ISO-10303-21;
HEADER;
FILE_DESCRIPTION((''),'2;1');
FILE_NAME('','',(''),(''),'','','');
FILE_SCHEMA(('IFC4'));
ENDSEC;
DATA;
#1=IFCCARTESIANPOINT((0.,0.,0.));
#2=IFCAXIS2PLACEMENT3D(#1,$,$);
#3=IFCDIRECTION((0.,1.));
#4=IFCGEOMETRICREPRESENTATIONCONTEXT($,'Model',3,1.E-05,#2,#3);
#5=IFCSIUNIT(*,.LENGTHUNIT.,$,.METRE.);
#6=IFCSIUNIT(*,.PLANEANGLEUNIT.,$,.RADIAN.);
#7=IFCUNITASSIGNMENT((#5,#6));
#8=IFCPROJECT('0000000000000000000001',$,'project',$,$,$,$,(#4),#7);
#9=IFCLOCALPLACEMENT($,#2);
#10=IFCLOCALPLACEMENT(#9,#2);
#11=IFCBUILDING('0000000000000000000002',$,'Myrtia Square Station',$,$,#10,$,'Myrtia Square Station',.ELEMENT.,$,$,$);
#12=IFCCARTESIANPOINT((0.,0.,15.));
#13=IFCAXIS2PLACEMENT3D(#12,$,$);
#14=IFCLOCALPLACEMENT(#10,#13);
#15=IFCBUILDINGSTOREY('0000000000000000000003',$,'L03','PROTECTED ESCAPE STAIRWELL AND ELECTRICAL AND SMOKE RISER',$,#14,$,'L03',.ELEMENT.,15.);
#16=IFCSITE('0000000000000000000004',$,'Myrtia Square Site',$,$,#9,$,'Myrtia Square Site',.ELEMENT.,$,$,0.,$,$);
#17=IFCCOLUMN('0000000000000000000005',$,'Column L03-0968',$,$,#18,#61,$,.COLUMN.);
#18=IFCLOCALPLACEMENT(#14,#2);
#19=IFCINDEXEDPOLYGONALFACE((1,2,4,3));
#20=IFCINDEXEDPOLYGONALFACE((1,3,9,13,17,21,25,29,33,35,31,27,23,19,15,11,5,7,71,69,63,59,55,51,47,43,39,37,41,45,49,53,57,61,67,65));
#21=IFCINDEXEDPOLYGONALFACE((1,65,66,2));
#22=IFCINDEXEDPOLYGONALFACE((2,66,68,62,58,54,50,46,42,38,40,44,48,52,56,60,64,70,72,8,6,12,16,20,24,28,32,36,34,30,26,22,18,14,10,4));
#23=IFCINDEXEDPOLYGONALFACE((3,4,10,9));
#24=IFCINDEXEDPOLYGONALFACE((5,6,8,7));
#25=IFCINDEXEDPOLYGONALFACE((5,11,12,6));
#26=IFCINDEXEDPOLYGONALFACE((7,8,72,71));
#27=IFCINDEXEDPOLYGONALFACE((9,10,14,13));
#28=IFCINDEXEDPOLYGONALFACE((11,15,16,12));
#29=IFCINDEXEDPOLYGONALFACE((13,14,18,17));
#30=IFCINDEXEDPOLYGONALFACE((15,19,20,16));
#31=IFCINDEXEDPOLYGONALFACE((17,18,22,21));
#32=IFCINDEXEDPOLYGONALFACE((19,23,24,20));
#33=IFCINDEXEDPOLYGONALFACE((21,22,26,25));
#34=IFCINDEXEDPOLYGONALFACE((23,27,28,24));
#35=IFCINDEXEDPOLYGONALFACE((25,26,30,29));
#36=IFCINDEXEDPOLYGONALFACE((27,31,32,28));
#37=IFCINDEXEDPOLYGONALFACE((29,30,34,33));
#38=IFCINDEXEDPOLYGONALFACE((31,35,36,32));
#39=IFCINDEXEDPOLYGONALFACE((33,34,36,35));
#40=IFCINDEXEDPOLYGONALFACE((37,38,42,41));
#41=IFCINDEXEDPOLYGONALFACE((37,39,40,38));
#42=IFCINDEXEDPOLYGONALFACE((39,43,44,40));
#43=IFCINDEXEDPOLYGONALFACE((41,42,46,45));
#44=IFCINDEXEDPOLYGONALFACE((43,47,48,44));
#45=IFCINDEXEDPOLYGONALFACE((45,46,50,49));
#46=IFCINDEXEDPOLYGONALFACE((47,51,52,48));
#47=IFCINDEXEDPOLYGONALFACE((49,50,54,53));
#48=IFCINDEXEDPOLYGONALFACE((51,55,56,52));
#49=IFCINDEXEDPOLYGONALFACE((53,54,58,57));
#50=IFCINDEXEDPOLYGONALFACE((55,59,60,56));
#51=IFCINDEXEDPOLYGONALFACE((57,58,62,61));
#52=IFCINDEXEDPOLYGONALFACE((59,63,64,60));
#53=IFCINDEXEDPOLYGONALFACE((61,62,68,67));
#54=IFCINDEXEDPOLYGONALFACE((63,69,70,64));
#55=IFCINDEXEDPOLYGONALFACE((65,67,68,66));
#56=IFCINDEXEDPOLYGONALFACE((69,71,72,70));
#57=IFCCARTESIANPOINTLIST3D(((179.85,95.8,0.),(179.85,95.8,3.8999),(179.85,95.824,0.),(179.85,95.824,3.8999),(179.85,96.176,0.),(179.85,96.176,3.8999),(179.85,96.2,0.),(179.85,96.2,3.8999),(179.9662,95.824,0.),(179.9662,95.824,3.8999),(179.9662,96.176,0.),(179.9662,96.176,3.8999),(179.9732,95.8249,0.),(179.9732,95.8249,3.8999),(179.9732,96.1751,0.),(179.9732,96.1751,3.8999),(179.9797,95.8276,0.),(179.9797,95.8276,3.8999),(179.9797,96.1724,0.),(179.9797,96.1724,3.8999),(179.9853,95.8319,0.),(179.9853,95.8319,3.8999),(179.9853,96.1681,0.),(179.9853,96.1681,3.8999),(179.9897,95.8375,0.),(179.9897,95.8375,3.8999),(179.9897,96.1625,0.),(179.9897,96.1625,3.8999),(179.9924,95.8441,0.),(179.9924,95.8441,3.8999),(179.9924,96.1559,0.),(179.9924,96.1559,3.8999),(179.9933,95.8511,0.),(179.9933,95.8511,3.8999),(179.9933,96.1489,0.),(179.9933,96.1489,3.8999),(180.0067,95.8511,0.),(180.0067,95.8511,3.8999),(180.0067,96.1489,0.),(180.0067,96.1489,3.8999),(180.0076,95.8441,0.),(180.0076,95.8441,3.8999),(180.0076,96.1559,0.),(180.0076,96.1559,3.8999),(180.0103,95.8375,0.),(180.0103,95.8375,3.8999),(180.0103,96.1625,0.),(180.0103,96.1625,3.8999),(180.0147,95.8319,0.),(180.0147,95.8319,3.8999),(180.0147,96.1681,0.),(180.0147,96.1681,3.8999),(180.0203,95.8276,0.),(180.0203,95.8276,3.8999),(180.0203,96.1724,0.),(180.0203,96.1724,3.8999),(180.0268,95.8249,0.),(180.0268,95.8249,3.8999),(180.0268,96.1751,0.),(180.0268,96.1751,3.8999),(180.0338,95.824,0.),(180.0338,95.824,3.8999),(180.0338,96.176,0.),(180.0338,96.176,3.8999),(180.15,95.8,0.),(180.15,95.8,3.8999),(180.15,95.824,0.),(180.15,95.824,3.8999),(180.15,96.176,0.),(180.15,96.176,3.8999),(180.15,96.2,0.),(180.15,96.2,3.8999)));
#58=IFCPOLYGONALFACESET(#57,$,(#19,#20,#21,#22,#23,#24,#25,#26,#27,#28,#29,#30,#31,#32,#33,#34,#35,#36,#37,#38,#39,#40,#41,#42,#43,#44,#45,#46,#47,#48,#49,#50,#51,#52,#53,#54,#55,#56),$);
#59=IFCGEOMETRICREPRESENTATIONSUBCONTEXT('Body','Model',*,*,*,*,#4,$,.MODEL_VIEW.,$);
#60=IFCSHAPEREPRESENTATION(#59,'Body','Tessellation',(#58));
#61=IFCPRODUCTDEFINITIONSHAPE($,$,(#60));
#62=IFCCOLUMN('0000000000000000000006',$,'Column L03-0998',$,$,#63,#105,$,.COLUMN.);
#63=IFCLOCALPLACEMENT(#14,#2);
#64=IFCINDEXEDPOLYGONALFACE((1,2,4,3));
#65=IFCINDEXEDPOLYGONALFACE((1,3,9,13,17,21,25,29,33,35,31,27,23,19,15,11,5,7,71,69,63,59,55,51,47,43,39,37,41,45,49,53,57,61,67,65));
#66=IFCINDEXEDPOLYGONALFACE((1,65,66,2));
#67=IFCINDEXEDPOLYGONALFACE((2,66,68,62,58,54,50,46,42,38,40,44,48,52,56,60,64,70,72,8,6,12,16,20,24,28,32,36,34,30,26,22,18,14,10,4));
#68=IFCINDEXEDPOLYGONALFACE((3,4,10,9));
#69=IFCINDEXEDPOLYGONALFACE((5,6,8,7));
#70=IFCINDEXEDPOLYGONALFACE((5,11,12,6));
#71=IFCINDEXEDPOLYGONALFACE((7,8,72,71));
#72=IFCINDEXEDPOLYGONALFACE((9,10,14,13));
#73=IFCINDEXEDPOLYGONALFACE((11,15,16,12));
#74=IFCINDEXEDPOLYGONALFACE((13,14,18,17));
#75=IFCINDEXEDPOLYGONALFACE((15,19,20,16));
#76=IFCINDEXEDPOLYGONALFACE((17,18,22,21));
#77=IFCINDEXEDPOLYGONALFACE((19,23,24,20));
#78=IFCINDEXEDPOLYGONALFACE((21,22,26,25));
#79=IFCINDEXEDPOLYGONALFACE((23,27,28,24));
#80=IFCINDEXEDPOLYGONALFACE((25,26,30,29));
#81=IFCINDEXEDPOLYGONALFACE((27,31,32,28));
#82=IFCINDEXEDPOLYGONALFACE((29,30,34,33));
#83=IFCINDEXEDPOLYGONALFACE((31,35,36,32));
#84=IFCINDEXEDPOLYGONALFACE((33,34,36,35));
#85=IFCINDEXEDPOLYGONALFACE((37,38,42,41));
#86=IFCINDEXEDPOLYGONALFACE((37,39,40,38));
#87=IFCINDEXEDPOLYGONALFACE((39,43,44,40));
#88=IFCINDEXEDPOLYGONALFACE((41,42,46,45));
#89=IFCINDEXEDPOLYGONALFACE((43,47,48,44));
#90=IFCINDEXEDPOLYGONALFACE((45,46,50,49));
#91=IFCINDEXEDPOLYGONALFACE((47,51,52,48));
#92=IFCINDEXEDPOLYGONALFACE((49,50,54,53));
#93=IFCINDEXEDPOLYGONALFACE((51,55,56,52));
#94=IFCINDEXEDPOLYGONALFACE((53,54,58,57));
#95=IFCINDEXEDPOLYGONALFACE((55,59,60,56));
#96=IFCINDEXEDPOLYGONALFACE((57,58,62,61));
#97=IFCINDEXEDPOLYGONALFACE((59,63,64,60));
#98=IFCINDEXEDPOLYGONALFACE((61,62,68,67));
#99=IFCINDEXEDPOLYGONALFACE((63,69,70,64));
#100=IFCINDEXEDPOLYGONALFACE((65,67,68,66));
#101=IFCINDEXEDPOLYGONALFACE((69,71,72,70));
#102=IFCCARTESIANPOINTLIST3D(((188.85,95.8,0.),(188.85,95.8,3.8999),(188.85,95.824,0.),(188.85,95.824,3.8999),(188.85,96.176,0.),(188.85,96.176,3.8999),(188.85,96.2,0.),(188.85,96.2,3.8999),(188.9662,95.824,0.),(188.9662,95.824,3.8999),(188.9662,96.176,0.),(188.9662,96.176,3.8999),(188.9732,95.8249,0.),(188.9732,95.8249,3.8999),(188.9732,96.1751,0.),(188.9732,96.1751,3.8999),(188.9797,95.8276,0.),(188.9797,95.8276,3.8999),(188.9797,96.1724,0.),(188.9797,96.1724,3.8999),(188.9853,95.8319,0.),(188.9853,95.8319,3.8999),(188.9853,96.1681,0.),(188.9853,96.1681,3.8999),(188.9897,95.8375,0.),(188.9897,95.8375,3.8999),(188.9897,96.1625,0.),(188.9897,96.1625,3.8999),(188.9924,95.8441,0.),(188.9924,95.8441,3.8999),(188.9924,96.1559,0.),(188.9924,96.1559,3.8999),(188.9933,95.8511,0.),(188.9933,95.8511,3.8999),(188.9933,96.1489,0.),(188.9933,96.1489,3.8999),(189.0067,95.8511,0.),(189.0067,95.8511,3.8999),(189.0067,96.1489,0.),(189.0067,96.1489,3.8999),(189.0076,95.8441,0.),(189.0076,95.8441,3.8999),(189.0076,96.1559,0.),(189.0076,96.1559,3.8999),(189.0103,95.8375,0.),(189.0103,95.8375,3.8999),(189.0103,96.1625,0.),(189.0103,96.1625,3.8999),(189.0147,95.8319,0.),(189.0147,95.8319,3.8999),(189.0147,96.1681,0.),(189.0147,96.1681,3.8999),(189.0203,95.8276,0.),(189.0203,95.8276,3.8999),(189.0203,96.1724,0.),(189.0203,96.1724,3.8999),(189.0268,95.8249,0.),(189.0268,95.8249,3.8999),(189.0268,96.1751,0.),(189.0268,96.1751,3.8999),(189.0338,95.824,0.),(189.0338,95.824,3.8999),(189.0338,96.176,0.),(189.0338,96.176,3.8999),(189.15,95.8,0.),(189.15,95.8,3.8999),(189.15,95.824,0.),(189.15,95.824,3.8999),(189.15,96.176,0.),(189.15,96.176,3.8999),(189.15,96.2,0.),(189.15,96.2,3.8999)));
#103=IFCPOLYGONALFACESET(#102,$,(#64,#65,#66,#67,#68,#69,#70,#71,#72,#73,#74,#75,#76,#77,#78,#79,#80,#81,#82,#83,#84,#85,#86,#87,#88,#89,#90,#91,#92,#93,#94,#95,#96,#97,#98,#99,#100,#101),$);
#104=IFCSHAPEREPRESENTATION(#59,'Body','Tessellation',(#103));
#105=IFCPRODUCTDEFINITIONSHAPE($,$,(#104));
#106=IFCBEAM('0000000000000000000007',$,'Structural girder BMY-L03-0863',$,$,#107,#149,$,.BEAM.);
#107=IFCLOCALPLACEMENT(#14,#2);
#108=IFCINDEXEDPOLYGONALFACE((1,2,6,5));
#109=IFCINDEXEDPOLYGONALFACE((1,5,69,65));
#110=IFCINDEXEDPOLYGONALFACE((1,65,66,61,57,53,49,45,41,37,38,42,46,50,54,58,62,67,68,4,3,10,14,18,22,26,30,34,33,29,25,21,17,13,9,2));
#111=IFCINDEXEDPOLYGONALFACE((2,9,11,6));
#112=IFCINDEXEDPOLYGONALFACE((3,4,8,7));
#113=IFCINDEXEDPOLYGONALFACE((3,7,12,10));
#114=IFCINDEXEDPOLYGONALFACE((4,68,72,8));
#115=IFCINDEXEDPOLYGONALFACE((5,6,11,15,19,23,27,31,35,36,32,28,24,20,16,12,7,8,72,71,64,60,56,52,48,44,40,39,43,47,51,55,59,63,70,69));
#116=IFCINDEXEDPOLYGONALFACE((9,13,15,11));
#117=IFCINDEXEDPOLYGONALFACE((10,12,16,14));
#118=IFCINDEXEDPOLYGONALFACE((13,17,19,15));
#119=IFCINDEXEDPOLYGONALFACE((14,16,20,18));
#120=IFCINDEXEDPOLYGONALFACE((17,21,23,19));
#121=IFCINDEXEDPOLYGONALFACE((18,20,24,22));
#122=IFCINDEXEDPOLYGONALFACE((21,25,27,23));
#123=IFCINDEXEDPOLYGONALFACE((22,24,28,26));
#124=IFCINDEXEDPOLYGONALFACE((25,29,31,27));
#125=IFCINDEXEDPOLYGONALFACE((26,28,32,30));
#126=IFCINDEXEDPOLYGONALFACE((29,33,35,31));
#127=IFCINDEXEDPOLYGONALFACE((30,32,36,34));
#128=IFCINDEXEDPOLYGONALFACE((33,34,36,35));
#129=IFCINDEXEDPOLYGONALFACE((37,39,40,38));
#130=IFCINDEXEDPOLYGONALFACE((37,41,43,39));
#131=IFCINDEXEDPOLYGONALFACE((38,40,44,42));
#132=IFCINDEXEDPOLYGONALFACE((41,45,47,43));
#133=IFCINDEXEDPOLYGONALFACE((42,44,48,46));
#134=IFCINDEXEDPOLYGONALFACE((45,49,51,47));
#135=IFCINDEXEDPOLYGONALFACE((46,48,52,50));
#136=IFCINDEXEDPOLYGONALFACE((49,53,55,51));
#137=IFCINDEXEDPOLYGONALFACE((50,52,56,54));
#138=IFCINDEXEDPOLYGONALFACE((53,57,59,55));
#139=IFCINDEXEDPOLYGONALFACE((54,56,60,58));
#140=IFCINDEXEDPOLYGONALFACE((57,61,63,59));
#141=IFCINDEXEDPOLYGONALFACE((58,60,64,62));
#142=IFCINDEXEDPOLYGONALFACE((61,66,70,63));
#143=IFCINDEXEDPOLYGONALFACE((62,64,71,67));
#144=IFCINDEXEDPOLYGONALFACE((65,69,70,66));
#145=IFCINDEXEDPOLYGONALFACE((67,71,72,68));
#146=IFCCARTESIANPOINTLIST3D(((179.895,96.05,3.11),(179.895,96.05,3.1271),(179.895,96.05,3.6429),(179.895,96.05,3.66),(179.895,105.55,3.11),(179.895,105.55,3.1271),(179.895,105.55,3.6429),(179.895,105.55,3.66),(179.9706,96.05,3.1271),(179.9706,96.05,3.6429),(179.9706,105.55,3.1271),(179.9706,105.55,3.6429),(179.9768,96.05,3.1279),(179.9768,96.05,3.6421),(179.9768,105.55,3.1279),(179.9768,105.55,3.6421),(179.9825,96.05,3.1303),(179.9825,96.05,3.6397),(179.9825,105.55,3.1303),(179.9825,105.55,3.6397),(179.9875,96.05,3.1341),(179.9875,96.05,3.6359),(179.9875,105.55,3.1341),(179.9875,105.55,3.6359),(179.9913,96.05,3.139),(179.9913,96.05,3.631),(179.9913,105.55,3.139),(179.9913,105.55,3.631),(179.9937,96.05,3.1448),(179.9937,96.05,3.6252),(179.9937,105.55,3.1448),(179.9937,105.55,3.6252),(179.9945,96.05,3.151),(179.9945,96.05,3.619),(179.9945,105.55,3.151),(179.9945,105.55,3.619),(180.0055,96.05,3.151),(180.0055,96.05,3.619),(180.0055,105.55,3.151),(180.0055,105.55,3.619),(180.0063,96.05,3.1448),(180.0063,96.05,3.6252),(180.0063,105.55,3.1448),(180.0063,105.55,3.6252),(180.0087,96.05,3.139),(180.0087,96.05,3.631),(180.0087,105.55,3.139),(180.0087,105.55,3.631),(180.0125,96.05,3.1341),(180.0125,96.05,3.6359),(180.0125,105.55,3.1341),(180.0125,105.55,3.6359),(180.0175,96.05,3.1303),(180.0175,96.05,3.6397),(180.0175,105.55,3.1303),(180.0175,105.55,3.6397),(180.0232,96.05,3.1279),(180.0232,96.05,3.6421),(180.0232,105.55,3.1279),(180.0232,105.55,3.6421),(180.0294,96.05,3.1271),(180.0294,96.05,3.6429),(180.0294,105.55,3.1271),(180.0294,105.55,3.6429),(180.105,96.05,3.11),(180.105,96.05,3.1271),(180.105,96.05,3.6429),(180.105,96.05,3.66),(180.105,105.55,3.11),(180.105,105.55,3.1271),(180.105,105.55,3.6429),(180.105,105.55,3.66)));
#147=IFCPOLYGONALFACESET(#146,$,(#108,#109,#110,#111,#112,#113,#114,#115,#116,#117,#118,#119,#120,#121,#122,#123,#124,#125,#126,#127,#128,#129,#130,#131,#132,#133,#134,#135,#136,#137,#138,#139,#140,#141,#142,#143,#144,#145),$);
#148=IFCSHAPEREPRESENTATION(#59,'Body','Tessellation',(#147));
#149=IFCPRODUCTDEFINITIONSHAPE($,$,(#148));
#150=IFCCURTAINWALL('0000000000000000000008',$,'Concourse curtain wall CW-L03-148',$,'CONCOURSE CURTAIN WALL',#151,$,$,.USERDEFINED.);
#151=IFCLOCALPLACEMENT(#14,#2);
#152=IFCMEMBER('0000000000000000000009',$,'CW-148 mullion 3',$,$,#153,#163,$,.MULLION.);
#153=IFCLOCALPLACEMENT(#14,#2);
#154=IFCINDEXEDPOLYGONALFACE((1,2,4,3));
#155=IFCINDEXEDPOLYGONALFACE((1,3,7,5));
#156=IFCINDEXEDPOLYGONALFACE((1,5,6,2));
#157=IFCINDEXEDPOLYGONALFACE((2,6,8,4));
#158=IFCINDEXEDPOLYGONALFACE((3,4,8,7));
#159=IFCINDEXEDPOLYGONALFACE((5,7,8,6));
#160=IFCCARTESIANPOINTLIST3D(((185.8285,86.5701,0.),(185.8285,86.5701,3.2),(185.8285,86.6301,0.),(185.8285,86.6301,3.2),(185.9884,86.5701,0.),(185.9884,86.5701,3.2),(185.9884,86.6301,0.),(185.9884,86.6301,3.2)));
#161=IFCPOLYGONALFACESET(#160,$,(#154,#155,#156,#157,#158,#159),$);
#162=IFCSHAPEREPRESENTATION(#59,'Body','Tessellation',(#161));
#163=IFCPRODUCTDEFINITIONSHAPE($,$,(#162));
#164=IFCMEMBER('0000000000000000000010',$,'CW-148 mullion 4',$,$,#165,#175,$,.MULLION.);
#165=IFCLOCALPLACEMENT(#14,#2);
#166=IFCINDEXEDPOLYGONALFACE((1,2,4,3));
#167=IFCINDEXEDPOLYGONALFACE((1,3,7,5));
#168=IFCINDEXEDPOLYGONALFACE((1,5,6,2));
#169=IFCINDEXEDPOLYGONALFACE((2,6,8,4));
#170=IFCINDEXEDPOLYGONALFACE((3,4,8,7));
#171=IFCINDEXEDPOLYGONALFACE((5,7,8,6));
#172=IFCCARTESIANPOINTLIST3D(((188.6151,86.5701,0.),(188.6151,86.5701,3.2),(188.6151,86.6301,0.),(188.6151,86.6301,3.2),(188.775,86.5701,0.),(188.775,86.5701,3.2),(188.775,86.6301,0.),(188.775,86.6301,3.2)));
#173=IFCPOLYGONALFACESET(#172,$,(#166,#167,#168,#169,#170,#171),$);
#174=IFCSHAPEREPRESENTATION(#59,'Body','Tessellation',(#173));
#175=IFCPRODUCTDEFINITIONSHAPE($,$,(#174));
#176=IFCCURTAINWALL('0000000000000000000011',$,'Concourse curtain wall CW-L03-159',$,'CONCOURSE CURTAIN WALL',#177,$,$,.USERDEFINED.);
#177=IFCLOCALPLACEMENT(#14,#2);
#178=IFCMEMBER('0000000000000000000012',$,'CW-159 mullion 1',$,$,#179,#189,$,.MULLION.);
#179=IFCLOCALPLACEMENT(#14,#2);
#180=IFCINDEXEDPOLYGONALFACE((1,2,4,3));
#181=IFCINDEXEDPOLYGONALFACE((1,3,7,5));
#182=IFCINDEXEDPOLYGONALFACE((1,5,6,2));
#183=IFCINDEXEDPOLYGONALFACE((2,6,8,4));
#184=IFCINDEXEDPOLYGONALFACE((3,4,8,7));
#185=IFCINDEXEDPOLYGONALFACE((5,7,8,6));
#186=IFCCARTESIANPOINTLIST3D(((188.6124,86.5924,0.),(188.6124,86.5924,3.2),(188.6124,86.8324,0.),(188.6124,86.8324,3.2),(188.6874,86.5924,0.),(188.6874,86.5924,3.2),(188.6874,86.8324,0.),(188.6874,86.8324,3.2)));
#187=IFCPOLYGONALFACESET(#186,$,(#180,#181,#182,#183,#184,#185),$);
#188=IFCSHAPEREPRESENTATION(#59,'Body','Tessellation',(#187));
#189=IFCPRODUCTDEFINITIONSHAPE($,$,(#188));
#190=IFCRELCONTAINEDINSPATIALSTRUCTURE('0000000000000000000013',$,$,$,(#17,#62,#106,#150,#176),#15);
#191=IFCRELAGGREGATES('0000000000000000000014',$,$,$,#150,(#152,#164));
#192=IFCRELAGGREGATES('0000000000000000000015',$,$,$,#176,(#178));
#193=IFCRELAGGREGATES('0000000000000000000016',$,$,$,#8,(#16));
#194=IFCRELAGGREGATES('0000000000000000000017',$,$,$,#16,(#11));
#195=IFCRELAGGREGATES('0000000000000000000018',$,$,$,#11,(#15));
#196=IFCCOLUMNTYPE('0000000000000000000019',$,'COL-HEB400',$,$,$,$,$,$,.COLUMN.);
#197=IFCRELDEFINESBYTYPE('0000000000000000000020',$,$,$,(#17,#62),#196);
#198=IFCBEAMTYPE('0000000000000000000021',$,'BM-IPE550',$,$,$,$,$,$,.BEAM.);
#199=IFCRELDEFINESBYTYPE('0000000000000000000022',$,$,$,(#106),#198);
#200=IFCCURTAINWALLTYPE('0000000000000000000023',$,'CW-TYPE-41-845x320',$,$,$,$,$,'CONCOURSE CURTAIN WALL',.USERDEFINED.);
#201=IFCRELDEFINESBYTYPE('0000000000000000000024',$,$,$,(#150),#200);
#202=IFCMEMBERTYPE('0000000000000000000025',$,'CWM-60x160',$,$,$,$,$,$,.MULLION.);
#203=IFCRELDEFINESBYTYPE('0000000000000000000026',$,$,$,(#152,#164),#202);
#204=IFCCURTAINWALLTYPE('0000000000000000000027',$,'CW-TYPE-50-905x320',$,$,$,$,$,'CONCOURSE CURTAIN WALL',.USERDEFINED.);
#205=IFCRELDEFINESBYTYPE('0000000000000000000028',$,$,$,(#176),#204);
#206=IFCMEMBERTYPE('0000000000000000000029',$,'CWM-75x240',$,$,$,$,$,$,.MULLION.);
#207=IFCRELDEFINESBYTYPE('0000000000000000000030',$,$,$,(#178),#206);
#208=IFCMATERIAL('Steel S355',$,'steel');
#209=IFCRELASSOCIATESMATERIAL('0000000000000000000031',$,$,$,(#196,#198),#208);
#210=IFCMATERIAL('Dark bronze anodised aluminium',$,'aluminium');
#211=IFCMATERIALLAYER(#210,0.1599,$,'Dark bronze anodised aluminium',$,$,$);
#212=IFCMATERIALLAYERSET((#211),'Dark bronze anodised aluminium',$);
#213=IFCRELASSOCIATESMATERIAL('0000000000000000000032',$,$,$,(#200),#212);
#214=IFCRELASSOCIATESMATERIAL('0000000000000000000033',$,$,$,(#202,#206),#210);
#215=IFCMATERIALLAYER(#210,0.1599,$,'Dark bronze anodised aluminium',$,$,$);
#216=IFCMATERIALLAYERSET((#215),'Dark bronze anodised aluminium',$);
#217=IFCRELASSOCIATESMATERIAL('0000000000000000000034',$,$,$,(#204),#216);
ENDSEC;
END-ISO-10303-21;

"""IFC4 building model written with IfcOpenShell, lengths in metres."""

from ifc_helpers import new_model, si_unit, direction, frame, origin, origin_2d, place, context, subcontext, project, spatial, rectangle, i_section, extrude, material, layer, layer_set, material_profile, profile_set, type_object, element, aggregate, save


model = new_model("IFC4")

# Units and contexts
model_context = context("Model", 3, precision=1e-05, world=origin(), true_north=direction((0.0, 1.0)))
body_context = subcontext(model_context, "Body", "Model", "MODEL_VIEW")
ifc_project = project(units=[si_unit("LENGTHUNIT", "METRE"), si_unit("PLANEANGLEUNIT", "RADIAN")], contexts=[model_context])

# Site, building, storey
site_placement = place(None, origin())
site = spatial("IfcSite", under=ifc_project, at=site_placement, Name="Myrtia Square Site", LongName="Myrtia Square Site", CompositionType="ELEMENT", RefElevation=0.0)
building_placement = place(site_placement, origin())
building = spatial("IfcBuilding", under=site, at=building_placement, Name="Myrtia Square Station", LongName="Myrtia Square Station", CompositionType="ELEMENT")
storey_placement = place(building_placement, frame((0.0, 0.0, 15.0)))
storey = spatial("IfcBuildingStorey", under=building, at=storey_placement, Name="L03", Description="PROTECTED ESCAPE STAIRWELL AND ELECTRICAL AND SMOKE RISER", LongName="L03", CompositionType="ELEMENT", Elevation=15.0)

# Columns
ifc_material_1 = material(Name="Steel S355", Category="steel")
ifc_material_profile_1 = material_profile(ifc_material_1, i_section(OverallWidth=0.3, OverallDepth=0.3999, WebThickness=0.0134, FlangeThickness=0.0239, FilletRadius=0.0271, at=origin_2d()), Name="HEB 400")
ifc_profile_set_1 = profile_set([ifc_material_profile_1], Name="Steel S355")
column_type = type_object("IfcColumnType", Name="COL-HEB400", PredefinedType="COLUMN", material=ifc_profile_set_1)
for number, where, z_axis, x_axis, name in (
    (1, (180.0, 96.0, 0.0), (0.0, 0.0, 1.0), (1.0, 0.0, 0.0), "Column L03-0968"),
    (2, (189.0, 96.0, 0.0), (0.0, 0.0, 1.0), (1.0, 0.0, 0.0), "Column L03-0998"),
):
    element("IfcColumn", number, at=place(storey_placement, frame(where, z_axis=z_axis, x_axis=x_axis)), inside=storey, type_object=column_type, Name=name, PredefinedType="COLUMN", context=body_context, shape_type="SweptSolid", body=[
        extrude(i_section(OverallWidth=0.3, OverallDepth=0.3999, WebThickness=0.0134, FlangeThickness=0.0239, FilletRadius=0.0271, at=origin_2d()), origin(), (0.0, 0.0, 1.0), 3.8999),
    ])

# Beam
ifc_material_profile_2 = material_profile(ifc_material_1, i_section(OverallWidth=0.21, OverallDepth=0.55, WebThickness=0.011, FlangeThickness=0.0171, FilletRadius=0.0239, at=origin_2d()), Name="IPE 550")
ifc_profile_set_2 = profile_set([ifc_material_profile_2], Name="Steel S355")
beam_type = type_object("IfcBeamType", Name="BM-IPE550", PredefinedType="BEAM", material=ifc_profile_set_2)
beam_placement = place(storey_placement, frame((180.0, 96.05, 3.385), z_axis=(0.0, 1.0, 0.0), x_axis=(-1.0, 0.0, 0.0)))
element("IfcBeam", 3, at=beam_placement, inside=storey, type_object=beam_type, Name="Structural girder BMY-L03-0863", PredefinedType="BEAM", context=body_context, shape_type="SweptSolid", body=[
    extrude(i_section(OverallWidth=0.21, OverallDepth=0.55, WebThickness=0.011, FlangeThickness=0.0171, FilletRadius=0.0239, at=origin_2d()), origin(), (0.0, 0.0, 1.0), 9.5),
])

# Curtain walls, members
ifc_material_2 = material(Name="Dark bronze anodised aluminium", Category="aluminium")
ifc_layer_1 = layer(ifc_material_2, 0.1599, Name="Dark bronze anodised aluminium")
ifc_layer_set_1 = layer_set([ifc_layer_1], Name="Dark bronze anodised aluminium")
curtain_wall_type_1 = type_object("IfcCurtainWallType", Name="CW-TYPE-41-845x320", ElementType="CONCOURSE CURTAIN WALL", PredefinedType="USERDEFINED", material=ifc_layer_set_1)
curtain_wall_1_placement = place(storey_placement, origin())
curtain_wall_1 = element("IfcCurtainWall", 4, at=curtain_wall_1_placement, inside=storey, type_object=curtain_wall_type_1, Name="Concourse curtain wall CW-L03-148", ObjectType="CONCOURSE CURTAIN WALL", PredefinedType="USERDEFINED")
ifc_material_profile_3 = material_profile(ifc_material_2, rectangle(XDim=0.0601, YDim=0.1599, at=origin_2d()), Name="ALU-M 60x160")
ifc_profile_set_3 = profile_set([ifc_material_profile_3], Name="Dark bronze anodised aluminium")
member_type_1 = type_object("IfcMemberType", Name="CWM-60x160", PredefinedType="MULLION", material=ifc_profile_set_3)
member_1_placement = place(storey_placement, frame((185.9084, 86.6001, 0.0), z_axis=(0.0, 0.0, 1.0), x_axis=(0.0, 1.0, 0.0)))
member_1 = element("IfcMember", 5, at=member_1_placement, type_object=member_type_1, Name="CW-148 mullion 3", PredefinedType="MULLION", context=body_context, shape_type="SweptSolid", body=[
    extrude(rectangle(XDim=0.0601, YDim=0.1599, at=origin_2d()), origin(), (0.0, 0.0, 1.0), 3.2),
])
member_2_placement = place(storey_placement, frame((188.6951, 86.6001, 0.0), z_axis=(0.0, 0.0, 1.0), x_axis=(0.0, 1.0, 0.0)))
member_2 = element("IfcMember", 6, at=member_2_placement, type_object=member_type_1, Name="CW-148 mullion 4", PredefinedType="MULLION", context=body_context, shape_type="SweptSolid", body=[
    extrude(rectangle(XDim=0.0601, YDim=0.1599, at=origin_2d()), origin(), (0.0, 0.0, 1.0), 3.2),
])
ifc_layer_2 = layer(ifc_material_2, 0.1599, Name="Dark bronze anodised aluminium")
ifc_layer_set_2 = layer_set([ifc_layer_2], Name="Dark bronze anodised aluminium")
curtain_wall_type_2 = type_object("IfcCurtainWallType", Name="CW-TYPE-50-905x320", ElementType="CONCOURSE CURTAIN WALL", PredefinedType="USERDEFINED", material=ifc_layer_set_2)
curtain_wall_2_placement = place(storey_placement, origin())
curtain_wall_2 = element("IfcCurtainWall", 7, at=curtain_wall_2_placement, inside=storey, type_object=curtain_wall_type_2, Name="Concourse curtain wall CW-L03-159", ObjectType="CONCOURSE CURTAIN WALL", PredefinedType="USERDEFINED")
ifc_material_profile_4 = material_profile(ifc_material_2, rectangle(XDim=0.075, YDim=0.24, at=origin_2d()), Name="ALU-M 75x240")
ifc_profile_set_4 = profile_set([ifc_material_profile_4], Name="Dark bronze anodised aluminium")
member_type_2 = type_object("IfcMemberType", Name="CWM-75x240", PredefinedType="MULLION", material=ifc_profile_set_4)
member_3_placement = place(storey_placement, frame((188.6499, 86.7124, 0.0), z_axis=(0.0, 0.0, 1.0), x_axis=(-1.0, 0.0, 0.0)))
member_3 = element("IfcMember", 8, at=member_3_placement, type_object=member_type_2, Name="CW-159 mullion 1", PredefinedType="MULLION", context=body_context, shape_type="SweptSolid", body=[
    extrude(rectangle(XDim=0.075, YDim=0.24, at=origin_2d()), origin(), (0.0, 0.0, 1.0), 3.2),
])

aggregate(curtain_wall_1, [member_1, member_2])
aggregate(curtain_wall_2, [member_3])

save(model, "model.ifc")
